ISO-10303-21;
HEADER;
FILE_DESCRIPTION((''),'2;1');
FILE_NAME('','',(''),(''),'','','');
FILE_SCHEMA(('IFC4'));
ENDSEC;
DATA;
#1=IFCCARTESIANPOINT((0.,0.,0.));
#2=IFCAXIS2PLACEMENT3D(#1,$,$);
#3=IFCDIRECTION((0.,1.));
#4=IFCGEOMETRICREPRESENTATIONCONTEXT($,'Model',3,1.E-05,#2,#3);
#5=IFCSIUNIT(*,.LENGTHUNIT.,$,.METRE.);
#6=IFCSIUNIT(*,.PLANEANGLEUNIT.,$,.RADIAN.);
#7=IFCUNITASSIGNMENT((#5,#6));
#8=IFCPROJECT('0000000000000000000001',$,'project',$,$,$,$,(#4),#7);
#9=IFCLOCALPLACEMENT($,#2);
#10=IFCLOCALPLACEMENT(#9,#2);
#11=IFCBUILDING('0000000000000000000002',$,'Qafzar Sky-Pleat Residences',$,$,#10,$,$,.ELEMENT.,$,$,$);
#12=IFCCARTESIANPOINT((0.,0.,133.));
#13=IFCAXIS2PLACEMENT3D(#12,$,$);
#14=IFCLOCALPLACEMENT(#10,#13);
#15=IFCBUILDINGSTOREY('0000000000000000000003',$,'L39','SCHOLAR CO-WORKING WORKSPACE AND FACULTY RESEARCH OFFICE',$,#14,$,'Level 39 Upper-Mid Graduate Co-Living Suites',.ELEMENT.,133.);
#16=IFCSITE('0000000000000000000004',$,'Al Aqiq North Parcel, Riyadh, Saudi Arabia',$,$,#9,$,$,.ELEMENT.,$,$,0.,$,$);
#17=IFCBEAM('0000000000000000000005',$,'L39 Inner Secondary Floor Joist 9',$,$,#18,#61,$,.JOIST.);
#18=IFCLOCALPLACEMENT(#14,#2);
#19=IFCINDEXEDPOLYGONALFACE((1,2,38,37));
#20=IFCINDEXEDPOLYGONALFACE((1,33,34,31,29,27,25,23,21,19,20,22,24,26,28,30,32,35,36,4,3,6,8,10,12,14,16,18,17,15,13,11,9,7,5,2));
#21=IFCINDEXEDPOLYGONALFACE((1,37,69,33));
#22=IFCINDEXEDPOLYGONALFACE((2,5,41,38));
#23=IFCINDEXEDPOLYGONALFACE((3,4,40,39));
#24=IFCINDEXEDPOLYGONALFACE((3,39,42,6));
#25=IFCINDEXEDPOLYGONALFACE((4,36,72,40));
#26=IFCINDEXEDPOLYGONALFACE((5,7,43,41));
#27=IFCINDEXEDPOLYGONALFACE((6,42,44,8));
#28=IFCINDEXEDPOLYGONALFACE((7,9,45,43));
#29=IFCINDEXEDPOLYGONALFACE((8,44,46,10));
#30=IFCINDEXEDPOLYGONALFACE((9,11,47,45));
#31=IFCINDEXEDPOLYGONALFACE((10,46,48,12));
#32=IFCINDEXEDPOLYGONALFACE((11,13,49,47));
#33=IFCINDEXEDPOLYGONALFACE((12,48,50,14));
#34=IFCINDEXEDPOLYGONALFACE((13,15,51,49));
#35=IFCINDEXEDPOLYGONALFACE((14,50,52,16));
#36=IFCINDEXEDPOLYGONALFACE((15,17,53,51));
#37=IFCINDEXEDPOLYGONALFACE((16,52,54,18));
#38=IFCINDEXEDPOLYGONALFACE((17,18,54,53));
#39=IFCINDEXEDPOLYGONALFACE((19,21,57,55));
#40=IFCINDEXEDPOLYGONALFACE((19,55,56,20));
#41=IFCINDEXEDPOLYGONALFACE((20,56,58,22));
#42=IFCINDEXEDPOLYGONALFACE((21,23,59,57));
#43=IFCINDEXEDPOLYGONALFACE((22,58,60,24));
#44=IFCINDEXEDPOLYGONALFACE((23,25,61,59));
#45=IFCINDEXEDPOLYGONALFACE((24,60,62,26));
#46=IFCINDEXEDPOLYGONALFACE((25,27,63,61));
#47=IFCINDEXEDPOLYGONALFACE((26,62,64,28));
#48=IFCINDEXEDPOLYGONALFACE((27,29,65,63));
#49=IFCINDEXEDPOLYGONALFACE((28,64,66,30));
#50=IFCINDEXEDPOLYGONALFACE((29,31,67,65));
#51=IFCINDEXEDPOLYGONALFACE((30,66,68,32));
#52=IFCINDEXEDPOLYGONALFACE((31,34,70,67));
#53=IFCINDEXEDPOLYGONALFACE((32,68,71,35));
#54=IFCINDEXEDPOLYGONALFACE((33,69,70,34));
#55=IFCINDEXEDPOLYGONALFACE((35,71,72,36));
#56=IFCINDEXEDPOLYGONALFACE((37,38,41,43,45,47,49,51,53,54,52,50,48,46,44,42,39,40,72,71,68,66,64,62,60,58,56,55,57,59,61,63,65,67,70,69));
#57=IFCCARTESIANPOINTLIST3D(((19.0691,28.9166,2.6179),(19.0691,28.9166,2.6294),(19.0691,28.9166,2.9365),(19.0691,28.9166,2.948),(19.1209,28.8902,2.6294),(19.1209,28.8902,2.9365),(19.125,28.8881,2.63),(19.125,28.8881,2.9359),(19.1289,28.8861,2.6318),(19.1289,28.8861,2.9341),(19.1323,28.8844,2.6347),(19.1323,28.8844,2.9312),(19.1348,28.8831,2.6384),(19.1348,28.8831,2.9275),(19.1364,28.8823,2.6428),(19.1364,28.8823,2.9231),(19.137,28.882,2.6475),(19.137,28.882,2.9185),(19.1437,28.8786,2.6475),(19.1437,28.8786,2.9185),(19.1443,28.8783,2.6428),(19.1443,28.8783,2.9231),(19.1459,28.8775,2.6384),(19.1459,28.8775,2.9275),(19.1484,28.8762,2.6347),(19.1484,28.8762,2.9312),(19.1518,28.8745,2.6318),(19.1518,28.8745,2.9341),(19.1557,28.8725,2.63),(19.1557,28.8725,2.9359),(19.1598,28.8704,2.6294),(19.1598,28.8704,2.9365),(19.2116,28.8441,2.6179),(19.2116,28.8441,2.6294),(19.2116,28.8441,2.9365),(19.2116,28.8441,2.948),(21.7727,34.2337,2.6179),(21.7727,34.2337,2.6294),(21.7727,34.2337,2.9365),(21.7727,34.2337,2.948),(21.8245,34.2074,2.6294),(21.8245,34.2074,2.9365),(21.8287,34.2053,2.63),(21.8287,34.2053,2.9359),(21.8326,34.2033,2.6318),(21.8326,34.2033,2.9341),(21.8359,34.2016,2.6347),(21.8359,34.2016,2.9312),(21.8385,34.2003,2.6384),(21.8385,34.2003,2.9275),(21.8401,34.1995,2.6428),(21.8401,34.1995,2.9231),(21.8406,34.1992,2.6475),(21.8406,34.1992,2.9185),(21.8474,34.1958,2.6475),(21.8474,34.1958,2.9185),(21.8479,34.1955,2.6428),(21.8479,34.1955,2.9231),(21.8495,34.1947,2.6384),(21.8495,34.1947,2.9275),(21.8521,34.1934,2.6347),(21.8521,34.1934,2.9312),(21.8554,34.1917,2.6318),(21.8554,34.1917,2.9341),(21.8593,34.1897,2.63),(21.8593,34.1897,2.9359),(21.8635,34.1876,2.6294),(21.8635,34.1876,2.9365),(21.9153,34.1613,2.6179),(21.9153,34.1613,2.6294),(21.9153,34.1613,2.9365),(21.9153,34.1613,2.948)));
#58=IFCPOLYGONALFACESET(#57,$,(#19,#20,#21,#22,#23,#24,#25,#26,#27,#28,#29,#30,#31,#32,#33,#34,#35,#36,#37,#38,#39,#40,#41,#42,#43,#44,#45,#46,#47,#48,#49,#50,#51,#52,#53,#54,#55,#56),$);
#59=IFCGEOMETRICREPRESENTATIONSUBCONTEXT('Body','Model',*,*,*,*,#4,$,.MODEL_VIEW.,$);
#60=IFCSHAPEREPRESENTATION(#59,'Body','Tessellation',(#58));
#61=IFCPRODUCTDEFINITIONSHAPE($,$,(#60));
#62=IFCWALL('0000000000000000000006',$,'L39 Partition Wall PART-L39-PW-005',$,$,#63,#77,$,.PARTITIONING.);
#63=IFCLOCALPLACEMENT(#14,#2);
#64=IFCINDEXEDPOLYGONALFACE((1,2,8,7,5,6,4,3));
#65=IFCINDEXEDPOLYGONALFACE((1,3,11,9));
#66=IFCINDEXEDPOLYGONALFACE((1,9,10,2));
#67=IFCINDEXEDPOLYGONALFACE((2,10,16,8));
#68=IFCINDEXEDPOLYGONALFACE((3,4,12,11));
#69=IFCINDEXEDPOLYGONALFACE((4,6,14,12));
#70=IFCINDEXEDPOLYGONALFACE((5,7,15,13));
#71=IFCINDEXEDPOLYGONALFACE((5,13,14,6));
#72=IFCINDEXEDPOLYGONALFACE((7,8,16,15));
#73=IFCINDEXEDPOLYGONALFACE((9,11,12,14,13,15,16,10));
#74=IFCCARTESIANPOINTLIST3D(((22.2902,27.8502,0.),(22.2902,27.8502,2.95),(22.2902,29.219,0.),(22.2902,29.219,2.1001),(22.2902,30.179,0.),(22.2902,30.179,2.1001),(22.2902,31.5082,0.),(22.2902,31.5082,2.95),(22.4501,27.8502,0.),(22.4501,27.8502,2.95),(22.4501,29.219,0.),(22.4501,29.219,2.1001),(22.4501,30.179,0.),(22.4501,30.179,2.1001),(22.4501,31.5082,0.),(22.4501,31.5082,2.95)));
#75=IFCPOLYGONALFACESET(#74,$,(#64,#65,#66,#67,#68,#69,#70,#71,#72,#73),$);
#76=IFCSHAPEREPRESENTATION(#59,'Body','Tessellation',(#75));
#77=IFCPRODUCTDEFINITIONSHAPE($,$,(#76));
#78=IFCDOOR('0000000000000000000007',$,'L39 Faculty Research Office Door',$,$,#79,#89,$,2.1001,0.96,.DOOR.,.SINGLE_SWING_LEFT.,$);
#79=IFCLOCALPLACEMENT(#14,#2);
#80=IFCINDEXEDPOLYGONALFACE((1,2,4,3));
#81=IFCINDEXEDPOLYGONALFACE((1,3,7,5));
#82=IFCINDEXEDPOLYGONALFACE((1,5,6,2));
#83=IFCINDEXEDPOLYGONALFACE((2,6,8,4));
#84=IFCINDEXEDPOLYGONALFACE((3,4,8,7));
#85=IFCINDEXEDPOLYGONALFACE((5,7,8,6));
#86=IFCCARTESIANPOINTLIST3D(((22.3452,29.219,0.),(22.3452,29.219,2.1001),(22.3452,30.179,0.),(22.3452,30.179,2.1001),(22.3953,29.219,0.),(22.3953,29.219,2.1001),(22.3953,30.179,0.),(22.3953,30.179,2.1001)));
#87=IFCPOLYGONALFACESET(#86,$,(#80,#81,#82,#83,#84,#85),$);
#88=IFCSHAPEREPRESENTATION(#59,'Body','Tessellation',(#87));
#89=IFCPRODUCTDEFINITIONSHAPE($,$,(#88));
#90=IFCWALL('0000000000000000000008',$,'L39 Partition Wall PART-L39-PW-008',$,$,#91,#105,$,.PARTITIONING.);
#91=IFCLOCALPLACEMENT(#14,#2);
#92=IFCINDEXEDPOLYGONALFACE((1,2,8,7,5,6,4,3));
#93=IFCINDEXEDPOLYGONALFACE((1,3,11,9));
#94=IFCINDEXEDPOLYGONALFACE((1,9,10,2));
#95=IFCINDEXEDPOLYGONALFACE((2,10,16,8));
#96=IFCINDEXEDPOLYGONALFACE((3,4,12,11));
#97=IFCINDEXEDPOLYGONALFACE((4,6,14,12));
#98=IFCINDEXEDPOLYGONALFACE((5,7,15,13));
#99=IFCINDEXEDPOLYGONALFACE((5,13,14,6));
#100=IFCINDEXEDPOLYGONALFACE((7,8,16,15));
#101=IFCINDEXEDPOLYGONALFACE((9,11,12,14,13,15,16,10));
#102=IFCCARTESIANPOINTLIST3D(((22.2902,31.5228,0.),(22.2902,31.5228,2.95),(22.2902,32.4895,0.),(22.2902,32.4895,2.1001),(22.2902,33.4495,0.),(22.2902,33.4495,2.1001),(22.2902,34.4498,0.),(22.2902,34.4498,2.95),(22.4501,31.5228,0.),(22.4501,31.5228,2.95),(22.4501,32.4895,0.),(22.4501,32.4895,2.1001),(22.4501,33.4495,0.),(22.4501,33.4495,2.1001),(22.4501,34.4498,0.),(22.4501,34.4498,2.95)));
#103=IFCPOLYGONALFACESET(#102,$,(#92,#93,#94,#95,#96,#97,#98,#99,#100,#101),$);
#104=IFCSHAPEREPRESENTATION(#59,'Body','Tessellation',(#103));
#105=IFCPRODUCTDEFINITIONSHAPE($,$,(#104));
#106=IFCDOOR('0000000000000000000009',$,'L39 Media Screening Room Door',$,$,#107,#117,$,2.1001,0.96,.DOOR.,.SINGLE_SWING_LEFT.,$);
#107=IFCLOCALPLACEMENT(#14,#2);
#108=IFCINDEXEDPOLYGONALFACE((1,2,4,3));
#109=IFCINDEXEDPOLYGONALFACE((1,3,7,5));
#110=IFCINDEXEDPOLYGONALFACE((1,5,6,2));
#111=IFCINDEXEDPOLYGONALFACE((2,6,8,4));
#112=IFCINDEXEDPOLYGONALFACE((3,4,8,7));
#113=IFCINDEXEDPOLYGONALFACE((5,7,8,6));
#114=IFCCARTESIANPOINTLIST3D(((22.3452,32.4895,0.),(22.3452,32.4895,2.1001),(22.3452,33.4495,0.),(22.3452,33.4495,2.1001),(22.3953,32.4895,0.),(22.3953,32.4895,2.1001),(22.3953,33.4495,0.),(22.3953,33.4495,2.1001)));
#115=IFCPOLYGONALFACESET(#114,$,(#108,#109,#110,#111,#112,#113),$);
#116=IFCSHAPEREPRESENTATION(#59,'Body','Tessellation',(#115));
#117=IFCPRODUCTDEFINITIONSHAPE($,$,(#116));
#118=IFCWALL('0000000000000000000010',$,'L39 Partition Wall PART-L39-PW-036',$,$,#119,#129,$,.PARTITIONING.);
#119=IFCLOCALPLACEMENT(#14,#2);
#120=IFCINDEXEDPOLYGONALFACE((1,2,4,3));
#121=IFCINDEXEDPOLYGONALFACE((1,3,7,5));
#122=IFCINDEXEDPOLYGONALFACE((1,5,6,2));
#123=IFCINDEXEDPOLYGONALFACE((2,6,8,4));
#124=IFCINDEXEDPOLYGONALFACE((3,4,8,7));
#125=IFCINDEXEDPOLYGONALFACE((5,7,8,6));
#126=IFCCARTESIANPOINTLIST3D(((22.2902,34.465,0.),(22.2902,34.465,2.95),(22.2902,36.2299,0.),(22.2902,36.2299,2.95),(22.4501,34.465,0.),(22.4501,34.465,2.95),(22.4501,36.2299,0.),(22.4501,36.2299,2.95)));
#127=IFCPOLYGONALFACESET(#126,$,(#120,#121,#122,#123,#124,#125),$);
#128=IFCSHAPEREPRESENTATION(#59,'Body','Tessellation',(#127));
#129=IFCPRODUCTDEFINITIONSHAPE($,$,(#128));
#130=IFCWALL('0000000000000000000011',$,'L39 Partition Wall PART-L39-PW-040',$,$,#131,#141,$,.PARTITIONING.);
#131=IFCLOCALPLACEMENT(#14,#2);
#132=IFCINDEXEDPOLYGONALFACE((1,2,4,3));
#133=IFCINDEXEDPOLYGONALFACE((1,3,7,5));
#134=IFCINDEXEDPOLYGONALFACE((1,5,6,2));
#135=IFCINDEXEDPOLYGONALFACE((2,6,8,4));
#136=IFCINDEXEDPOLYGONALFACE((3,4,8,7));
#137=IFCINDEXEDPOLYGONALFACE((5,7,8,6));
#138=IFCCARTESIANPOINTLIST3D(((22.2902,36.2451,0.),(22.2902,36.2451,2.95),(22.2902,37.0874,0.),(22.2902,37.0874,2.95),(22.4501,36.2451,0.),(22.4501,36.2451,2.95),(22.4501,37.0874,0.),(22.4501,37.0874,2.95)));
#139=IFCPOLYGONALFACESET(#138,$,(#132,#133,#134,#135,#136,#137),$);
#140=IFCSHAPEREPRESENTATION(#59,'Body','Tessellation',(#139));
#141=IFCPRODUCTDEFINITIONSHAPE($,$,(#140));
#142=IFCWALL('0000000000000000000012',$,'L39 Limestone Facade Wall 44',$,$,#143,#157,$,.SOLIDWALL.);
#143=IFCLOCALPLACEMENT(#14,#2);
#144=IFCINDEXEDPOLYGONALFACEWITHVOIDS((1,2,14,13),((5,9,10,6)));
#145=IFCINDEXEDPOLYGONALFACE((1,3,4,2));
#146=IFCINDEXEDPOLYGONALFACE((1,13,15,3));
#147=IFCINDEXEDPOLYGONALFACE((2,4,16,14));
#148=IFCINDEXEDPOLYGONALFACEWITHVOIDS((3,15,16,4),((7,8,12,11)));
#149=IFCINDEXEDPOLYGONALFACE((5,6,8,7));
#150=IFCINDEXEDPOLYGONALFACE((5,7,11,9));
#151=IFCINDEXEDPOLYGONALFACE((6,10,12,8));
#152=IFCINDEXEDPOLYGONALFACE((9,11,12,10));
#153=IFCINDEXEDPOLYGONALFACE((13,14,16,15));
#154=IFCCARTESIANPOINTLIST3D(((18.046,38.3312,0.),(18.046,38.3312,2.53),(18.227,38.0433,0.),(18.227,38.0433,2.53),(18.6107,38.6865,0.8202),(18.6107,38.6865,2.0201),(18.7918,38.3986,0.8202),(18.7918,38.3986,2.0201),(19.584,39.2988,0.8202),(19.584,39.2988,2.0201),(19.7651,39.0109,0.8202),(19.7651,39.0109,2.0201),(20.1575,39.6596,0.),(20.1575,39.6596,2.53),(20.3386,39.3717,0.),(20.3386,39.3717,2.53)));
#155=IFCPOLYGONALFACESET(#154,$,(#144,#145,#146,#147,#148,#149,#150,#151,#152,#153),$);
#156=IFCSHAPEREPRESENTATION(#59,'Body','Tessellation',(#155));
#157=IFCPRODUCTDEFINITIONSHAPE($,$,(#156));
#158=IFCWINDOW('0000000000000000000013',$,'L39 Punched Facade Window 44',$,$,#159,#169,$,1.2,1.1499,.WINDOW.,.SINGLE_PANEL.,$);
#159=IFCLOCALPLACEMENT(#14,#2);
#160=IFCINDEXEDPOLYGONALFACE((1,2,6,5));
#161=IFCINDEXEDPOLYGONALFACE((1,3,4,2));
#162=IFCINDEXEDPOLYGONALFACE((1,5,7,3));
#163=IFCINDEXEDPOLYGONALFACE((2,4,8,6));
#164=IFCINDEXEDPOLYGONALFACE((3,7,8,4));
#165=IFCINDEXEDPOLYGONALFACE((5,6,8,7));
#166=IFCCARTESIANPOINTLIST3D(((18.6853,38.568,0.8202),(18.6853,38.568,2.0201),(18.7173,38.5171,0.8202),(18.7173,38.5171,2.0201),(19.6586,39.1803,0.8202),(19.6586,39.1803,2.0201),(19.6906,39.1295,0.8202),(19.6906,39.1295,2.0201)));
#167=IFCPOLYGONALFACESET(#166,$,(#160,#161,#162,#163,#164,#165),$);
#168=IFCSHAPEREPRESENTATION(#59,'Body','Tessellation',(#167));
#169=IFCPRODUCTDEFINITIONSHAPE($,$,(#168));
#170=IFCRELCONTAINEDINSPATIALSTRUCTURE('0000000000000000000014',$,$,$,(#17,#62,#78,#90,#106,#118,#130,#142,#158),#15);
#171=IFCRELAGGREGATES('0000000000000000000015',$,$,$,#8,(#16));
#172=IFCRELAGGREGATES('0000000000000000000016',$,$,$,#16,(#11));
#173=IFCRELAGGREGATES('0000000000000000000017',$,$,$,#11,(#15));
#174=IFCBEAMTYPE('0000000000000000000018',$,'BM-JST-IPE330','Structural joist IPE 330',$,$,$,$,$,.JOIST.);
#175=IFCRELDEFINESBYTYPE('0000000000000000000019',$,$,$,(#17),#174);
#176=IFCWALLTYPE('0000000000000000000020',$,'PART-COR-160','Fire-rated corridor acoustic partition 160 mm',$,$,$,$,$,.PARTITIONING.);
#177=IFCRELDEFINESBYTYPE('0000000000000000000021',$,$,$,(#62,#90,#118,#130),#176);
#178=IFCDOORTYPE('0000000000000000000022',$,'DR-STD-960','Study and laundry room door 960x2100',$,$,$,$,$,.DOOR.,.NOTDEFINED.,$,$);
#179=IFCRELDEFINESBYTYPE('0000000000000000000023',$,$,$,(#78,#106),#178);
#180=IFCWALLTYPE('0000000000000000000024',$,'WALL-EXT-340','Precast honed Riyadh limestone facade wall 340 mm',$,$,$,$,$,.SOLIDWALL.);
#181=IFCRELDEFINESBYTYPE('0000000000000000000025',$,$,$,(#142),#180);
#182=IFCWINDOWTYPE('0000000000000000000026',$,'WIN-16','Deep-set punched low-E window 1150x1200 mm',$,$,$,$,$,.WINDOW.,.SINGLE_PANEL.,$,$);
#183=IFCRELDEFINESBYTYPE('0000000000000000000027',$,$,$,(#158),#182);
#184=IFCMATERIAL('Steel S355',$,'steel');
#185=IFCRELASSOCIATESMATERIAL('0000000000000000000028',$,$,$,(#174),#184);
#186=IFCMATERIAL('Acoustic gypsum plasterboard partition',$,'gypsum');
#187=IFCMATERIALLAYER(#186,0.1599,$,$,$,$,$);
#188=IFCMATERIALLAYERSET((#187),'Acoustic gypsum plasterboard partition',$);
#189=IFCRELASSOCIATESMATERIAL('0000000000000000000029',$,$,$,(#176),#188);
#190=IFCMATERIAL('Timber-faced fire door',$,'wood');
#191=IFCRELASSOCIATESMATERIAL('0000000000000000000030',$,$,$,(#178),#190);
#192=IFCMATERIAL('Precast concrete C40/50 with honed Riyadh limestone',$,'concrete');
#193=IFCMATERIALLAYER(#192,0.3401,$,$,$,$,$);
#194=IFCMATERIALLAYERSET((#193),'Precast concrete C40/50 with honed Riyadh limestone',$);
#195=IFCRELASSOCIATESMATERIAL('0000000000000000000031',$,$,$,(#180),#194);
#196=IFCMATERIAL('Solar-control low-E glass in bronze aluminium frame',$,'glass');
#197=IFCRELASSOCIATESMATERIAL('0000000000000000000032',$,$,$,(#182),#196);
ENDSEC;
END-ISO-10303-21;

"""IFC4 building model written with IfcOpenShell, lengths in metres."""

from ifc_helpers import new_model, si_unit, direction, frame, frame_2d, origin, origin_2d, place, context, subcontext, project, spatial, rectangle, i_section, extrude, source, transform, mapped, material, layer, layer_set, material_profile, profile_set, type_object, element, fill, save


model = new_model("IFC4")

# Units and contexts
model_context = context("Model", 3, precision=1e-05, world=origin(), true_north=direction((0.0, 1.0)))
body_context = subcontext(model_context, "Body", "Model", "MODEL_VIEW")
ifc_project = project(units=[si_unit("LENGTHUNIT", "METRE"), si_unit("PLANEANGLEUNIT", "RADIAN")], contexts=[model_context])

# Site, building, storey
site_placement = place(None, origin())
site = spatial("IfcSite", under=ifc_project, at=site_placement, Name="Al Aqiq North Parcel, Riyadh, Saudi Arabia", CompositionType="ELEMENT", RefElevation=0.0)
building_placement = place(site_placement, origin())
building = spatial("IfcBuilding", under=site, at=building_placement, Name="Qafzar Sky-Pleat Residences", CompositionType="ELEMENT")
storey_placement = place(building_placement, frame((0.0, 0.0, 133.0)))
storey = spatial("IfcBuildingStorey", under=building, at=storey_placement, Name="L39", Description="SCHOLAR CO-WORKING WORKSPACE AND FACULTY RESEARCH OFFICE", LongName="Level 39 Upper-Mid Graduate Co-Living Suites", CompositionType="ELEMENT", Elevation=133.0)

# Beam
ifc_material_1 = material(Name="Steel S355", Category="steel")
ifc_material_profile_1 = material_profile(ifc_material_1, i_section(OverallWidth=0.1599, OverallDepth=0.3301, WebThickness=0.0076, FlangeThickness=0.0115, FilletRadius=0.0181, at=origin_2d()), Name="IPE 330")
ifc_profile_set_1 = profile_set([ifc_material_profile_1], Name="Steel S355")
beam_type_1 = type_object("IfcBeamType", Name="BM-JST-IPE330", Description="Structural joist IPE 330", PredefinedType="JOIST", material=ifc_profile_set_1)
shared_shape_1 = source(origin(), body_context, "Body", "SweptSolid", [
    extrude(i_section(OverallWidth=0.1599, OverallDepth=0.3301, WebThickness=0.0076, FlangeThickness=0.0115, FilletRadius=0.0181, at=origin_2d()), origin(), (0.0, 0.0, 1.0), 5.9651),
])
beam_1_placement = place(storey_placement, frame((21.844, 34.1975, 2.783), z_axis=(-0.453244, -0.891386, 0.0), x_axis=(0.891386, -0.453244, 0.0)))
element("IfcBeam", 1, at=beam_1_placement, inside=storey, type_object=beam_type_1, Name="L39 Inner Secondary Floor Joist 9", PredefinedType="JOIST", context=body_context, shape_type="MappedRepresentation", body=[
    mapped(shared_shape_1, transform((0.0, 0.0, 0.0), x_axis=(1.0, 0.0, 0.0), y_axis=(0.0, 1.0, 0.0), z_axis=(0.0, 0.0, 1.0), scale=1.0)),
])

# Walls, openings, doors
ifc_material_2 = material(Name="Acoustic gypsum plasterboard partition", Category="gypsum")
ifc_layer_1 = layer(ifc_material_2, 0.1599)
ifc_layer_set_1 = layer_set([ifc_layer_1], Name="Acoustic gypsum plasterboard partition")
wall_type_1 = type_object("IfcWallType", Name="PART-COR-160", Description="Fire-rated corridor acoustic partition 160 mm", PredefinedType="PARTITIONING", material=ifc_layer_set_1)
wall_1_placement = place(storey_placement, frame((22.3701, 27.8501, 0.0), z_axis=(0.0, 0.0, 1.0), x_axis=(0.0, 1.0, 0.0)))
wall_1 = element("IfcWall", 2, at=wall_1_placement, inside=storey, type_object=wall_type_1, Name="L39 Partition Wall PART-L39-PW-005", PredefinedType="PARTITIONING", context=body_context, shape_type="SweptSolid", body=[
    extrude(rectangle(XDim=3.658, YDim=0.1599, at=frame_2d((1.8291, 0.0))), origin(), (0.0, 0.0, 1.0), 2.95),
])
opening_1_placement = place(wall_1_placement, frame((1.3689, 0.0, 0.0)))
opening_1 = element("IfcOpeningElement", 3, at=opening_1_placement, cuts=wall_1, PredefinedType="OPENING", context=body_context, shape_type="SweptSolid", body=[
    extrude(rectangle(XDim=0.96, YDim=2.1001, at=frame_2d((0.48, 1.05))), frame((0.0, 0.0898, 0.0), z_axis=(0.0, -1.0, 0.0), x_axis=(1.0, 0.0, 0.0)), (0.0, 0.0, 1.0), 0.1799),
])
ifc_material_3 = material(Name="Timber-faced fire door", Category="wood")
door_type = type_object("IfcDoorType", Name="DR-STD-960", Description="Study and laundry room door 960x2100", OperationType="NOTDEFINED", PredefinedType="DOOR", material=ifc_material_3)
shared_shape_2 = source(origin(), body_context, "Body", "SweptSolid", [
    extrude(rectangle(XDim=0.96, YDim=2.1001, at=frame_2d((0.48, 1.05))), frame((0.0, 0.0249, 0.0), z_axis=(0.0, -1.0, 0.0), x_axis=(1.0, 0.0, 0.0)), (0.0, 0.0, 1.0), 0.05),
])
door_1_placement = place(opening_1_placement, origin())
door_1 = element("IfcDoor", 4, at=door_1_placement, inside=storey, type_object=door_type, Name="L39 Faculty Research Office Door", OperationType="SINGLE_SWING_LEFT", OverallHeight=2.1001, OverallWidth=0.96, PredefinedType="DOOR", context=body_context, shape_type="MappedRepresentation", body=[
    mapped(shared_shape_2, transform((0.0, 0.0, 0.0), x_axis=(1.0, 0.0, 0.0), y_axis=(0.0, 1.0, 0.0), z_axis=(0.0, 0.0, 1.0), scale=1.0)),
])
fill(opening_1, door_1)
wall_2_placement = place(storey_placement, frame((22.3701, 31.5229, 0.0), z_axis=(0.0, 0.0, 1.0), x_axis=(0.0, 1.0, 0.0)))
wall_2 = element("IfcWall", 5, at=wall_2_placement, inside=storey, type_object=wall_type_1, Name="L39 Partition Wall PART-L39-PW-008", PredefinedType="PARTITIONING", context=body_context, shape_type="SweptSolid", body=[
    extrude(rectangle(XDim=2.927, YDim=0.1599, at=frame_2d((1.4634, 0.0))), origin(), (0.0, 0.0, 1.0), 2.95),
])
opening_2_placement = place(wall_2_placement, frame((0.9666, 0.0, 0.0)))
opening_2 = element("IfcOpeningElement", 6, at=opening_2_placement, cuts=wall_2, PredefinedType="OPENING", context=body_context, shape_type="SweptSolid", body=[
    extrude(rectangle(XDim=0.96, YDim=2.1001, at=frame_2d((0.48, 1.05))), frame((0.0, 0.0898, 0.0), z_axis=(0.0, -1.0, 0.0), x_axis=(1.0, 0.0, 0.0)), (0.0, 0.0, 1.0), 0.1799),
])
door_2_placement = place(opening_2_placement, origin())
door_2 = element("IfcDoor", 7, at=door_2_placement, inside=storey, type_object=door_type, Name="L39 Media Screening Room Door", OperationType="SINGLE_SWING_LEFT", OverallHeight=2.1001, OverallWidth=0.96, PredefinedType="DOOR", context=body_context, shape_type="MappedRepresentation", body=[
    mapped(shared_shape_2, transform((0.0, 0.0, 0.0), x_axis=(1.0, 0.0, 0.0), y_axis=(0.0, 1.0, 0.0), z_axis=(0.0, 0.0, 1.0), scale=1.0)),
])
fill(opening_2, door_2)

# Walls
wall_3_placement = place(storey_placement, frame((22.3701, 34.4651, 0.0), z_axis=(0.0, 0.0, 1.0), x_axis=(0.0, 1.0, 0.0)))
element("IfcWall", 8, at=wall_3_placement, inside=storey, type_object=wall_type_1, Name="L39 Partition Wall PART-L39-PW-036", PredefinedType="PARTITIONING", context=body_context, shape_type="SweptSolid", body=[
    extrude(rectangle(XDim=1.7649, YDim=0.1599, at=frame_2d((0.8823, 0.0))), origin(), (0.0, 0.0, 1.0), 2.95),
])
wall_4_placement = place(storey_placement, frame((22.3701, 36.2451, 0.0), z_axis=(0.0, 0.0, 1.0), x_axis=(0.0, 1.0, 0.0)))
element("IfcWall", 9, at=wall_4_placement, inside=storey, type_object=wall_type_1, Name="L39 Partition Wall PART-L39-PW-040", PredefinedType="PARTITIONING", context=body_context, shape_type="SweptSolid", body=[
    extrude(rectangle(XDim=0.8423, YDim=0.1599, at=frame_2d((0.4211, 0.0))), origin(), (0.0, 0.0, 1.0), 2.95),
])

# Wall, opening, window
ifc_material_4 = material(Name="Precast concrete C40/50 with honed Riyadh limestone", Category="concrete")
ifc_layer_2 = layer(ifc_material_4, 0.3401)
ifc_layer_set_2 = layer_set([ifc_layer_2], Name="Precast concrete C40/50 with honed Riyadh limestone")
wall_type_2 = type_object("IfcWallType", Name="WALL-EXT-340", Description="Precast honed Riyadh limestone facade wall 340 mm", PredefinedType="SOLIDWALL", material=ifc_layer_set_2)
wall_5_placement = place(storey_placement, frame((20.248, 39.5156, 0.0), z_axis=(0.0, 0.0, 1.0), x_axis=(-0.846439, -0.532486, 0.0)))
wall_5 = element("IfcWall", 10, at=wall_5_placement, inside=storey, type_object=wall_type_2, Name="L39 Limestone Facade Wall 44", PredefinedType="SOLIDWALL", context=body_context, shape_type="SweptSolid", body=[
    extrude(rectangle(XDim=2.4946, YDim=0.3401, at=frame_2d((1.2473, 0.0))), origin(), (0.0, 0.0, 1.0), 2.53),
])
opening_3_placement = place(wall_5_placement, frame((0.6775, 0.0, 0.8201)))
opening_3 = element("IfcOpeningElement", 11, at=opening_3_placement, cuts=wall_5, PredefinedType="OPENING", context=body_context, shape_type="SweptSolid", body=[
    extrude(rectangle(XDim=1.1499, YDim=1.2, at=frame_2d((0.575, 0.6001))), frame((0.0, 0.1802, 0.0), z_axis=(0.0, -1.0, 0.0), x_axis=(1.0, 0.0, 0.0)), (0.0, 0.0, 1.0), 0.3601),
])
ifc_material_5 = material(Name="Solar-control low-E glass in bronze aluminium frame", Category="glass")
window_type_1 = type_object("IfcWindowType", Name="WIN-16", Description="Deep-set punched low-E window 1150x1200 mm", PartitioningType="SINGLE_PANEL", PredefinedType="WINDOW", material=ifc_material_5)
shared_shape_3 = source(origin(), body_context, "Body", "SweptSolid", [
    extrude(rectangle(XDim=1.1499, YDim=1.2, at=frame_2d((0.575, 0.6001))), frame((0.0, 0.03, 0.0), z_axis=(0.0, -1.0, 0.0), x_axis=(1.0, 0.0, 0.0)), (0.0, 0.0, 1.0), 0.0601),
])
window_1_placement = place(opening_3_placement, origin())
window_1 = element("IfcWindow", 12, at=window_1_placement, inside=storey, type_object=window_type_1, Name="L39 Punched Facade Window 44", OverallHeight=1.2, OverallWidth=1.1499, PartitioningType="SINGLE_PANEL", PredefinedType="WINDOW", context=body_context, shape_type="MappedRepresentation", body=[
    mapped(shared_shape_3, transform((0.0, 0.0, 0.0), x_axis=(1.0, 0.0, 0.0), y_axis=(0.0, 1.0, 0.0), z_axis=(0.0, 0.0, 1.0), scale=1.0)),
])
fill(opening_3, window_1)

save(model, "model.ifc")
